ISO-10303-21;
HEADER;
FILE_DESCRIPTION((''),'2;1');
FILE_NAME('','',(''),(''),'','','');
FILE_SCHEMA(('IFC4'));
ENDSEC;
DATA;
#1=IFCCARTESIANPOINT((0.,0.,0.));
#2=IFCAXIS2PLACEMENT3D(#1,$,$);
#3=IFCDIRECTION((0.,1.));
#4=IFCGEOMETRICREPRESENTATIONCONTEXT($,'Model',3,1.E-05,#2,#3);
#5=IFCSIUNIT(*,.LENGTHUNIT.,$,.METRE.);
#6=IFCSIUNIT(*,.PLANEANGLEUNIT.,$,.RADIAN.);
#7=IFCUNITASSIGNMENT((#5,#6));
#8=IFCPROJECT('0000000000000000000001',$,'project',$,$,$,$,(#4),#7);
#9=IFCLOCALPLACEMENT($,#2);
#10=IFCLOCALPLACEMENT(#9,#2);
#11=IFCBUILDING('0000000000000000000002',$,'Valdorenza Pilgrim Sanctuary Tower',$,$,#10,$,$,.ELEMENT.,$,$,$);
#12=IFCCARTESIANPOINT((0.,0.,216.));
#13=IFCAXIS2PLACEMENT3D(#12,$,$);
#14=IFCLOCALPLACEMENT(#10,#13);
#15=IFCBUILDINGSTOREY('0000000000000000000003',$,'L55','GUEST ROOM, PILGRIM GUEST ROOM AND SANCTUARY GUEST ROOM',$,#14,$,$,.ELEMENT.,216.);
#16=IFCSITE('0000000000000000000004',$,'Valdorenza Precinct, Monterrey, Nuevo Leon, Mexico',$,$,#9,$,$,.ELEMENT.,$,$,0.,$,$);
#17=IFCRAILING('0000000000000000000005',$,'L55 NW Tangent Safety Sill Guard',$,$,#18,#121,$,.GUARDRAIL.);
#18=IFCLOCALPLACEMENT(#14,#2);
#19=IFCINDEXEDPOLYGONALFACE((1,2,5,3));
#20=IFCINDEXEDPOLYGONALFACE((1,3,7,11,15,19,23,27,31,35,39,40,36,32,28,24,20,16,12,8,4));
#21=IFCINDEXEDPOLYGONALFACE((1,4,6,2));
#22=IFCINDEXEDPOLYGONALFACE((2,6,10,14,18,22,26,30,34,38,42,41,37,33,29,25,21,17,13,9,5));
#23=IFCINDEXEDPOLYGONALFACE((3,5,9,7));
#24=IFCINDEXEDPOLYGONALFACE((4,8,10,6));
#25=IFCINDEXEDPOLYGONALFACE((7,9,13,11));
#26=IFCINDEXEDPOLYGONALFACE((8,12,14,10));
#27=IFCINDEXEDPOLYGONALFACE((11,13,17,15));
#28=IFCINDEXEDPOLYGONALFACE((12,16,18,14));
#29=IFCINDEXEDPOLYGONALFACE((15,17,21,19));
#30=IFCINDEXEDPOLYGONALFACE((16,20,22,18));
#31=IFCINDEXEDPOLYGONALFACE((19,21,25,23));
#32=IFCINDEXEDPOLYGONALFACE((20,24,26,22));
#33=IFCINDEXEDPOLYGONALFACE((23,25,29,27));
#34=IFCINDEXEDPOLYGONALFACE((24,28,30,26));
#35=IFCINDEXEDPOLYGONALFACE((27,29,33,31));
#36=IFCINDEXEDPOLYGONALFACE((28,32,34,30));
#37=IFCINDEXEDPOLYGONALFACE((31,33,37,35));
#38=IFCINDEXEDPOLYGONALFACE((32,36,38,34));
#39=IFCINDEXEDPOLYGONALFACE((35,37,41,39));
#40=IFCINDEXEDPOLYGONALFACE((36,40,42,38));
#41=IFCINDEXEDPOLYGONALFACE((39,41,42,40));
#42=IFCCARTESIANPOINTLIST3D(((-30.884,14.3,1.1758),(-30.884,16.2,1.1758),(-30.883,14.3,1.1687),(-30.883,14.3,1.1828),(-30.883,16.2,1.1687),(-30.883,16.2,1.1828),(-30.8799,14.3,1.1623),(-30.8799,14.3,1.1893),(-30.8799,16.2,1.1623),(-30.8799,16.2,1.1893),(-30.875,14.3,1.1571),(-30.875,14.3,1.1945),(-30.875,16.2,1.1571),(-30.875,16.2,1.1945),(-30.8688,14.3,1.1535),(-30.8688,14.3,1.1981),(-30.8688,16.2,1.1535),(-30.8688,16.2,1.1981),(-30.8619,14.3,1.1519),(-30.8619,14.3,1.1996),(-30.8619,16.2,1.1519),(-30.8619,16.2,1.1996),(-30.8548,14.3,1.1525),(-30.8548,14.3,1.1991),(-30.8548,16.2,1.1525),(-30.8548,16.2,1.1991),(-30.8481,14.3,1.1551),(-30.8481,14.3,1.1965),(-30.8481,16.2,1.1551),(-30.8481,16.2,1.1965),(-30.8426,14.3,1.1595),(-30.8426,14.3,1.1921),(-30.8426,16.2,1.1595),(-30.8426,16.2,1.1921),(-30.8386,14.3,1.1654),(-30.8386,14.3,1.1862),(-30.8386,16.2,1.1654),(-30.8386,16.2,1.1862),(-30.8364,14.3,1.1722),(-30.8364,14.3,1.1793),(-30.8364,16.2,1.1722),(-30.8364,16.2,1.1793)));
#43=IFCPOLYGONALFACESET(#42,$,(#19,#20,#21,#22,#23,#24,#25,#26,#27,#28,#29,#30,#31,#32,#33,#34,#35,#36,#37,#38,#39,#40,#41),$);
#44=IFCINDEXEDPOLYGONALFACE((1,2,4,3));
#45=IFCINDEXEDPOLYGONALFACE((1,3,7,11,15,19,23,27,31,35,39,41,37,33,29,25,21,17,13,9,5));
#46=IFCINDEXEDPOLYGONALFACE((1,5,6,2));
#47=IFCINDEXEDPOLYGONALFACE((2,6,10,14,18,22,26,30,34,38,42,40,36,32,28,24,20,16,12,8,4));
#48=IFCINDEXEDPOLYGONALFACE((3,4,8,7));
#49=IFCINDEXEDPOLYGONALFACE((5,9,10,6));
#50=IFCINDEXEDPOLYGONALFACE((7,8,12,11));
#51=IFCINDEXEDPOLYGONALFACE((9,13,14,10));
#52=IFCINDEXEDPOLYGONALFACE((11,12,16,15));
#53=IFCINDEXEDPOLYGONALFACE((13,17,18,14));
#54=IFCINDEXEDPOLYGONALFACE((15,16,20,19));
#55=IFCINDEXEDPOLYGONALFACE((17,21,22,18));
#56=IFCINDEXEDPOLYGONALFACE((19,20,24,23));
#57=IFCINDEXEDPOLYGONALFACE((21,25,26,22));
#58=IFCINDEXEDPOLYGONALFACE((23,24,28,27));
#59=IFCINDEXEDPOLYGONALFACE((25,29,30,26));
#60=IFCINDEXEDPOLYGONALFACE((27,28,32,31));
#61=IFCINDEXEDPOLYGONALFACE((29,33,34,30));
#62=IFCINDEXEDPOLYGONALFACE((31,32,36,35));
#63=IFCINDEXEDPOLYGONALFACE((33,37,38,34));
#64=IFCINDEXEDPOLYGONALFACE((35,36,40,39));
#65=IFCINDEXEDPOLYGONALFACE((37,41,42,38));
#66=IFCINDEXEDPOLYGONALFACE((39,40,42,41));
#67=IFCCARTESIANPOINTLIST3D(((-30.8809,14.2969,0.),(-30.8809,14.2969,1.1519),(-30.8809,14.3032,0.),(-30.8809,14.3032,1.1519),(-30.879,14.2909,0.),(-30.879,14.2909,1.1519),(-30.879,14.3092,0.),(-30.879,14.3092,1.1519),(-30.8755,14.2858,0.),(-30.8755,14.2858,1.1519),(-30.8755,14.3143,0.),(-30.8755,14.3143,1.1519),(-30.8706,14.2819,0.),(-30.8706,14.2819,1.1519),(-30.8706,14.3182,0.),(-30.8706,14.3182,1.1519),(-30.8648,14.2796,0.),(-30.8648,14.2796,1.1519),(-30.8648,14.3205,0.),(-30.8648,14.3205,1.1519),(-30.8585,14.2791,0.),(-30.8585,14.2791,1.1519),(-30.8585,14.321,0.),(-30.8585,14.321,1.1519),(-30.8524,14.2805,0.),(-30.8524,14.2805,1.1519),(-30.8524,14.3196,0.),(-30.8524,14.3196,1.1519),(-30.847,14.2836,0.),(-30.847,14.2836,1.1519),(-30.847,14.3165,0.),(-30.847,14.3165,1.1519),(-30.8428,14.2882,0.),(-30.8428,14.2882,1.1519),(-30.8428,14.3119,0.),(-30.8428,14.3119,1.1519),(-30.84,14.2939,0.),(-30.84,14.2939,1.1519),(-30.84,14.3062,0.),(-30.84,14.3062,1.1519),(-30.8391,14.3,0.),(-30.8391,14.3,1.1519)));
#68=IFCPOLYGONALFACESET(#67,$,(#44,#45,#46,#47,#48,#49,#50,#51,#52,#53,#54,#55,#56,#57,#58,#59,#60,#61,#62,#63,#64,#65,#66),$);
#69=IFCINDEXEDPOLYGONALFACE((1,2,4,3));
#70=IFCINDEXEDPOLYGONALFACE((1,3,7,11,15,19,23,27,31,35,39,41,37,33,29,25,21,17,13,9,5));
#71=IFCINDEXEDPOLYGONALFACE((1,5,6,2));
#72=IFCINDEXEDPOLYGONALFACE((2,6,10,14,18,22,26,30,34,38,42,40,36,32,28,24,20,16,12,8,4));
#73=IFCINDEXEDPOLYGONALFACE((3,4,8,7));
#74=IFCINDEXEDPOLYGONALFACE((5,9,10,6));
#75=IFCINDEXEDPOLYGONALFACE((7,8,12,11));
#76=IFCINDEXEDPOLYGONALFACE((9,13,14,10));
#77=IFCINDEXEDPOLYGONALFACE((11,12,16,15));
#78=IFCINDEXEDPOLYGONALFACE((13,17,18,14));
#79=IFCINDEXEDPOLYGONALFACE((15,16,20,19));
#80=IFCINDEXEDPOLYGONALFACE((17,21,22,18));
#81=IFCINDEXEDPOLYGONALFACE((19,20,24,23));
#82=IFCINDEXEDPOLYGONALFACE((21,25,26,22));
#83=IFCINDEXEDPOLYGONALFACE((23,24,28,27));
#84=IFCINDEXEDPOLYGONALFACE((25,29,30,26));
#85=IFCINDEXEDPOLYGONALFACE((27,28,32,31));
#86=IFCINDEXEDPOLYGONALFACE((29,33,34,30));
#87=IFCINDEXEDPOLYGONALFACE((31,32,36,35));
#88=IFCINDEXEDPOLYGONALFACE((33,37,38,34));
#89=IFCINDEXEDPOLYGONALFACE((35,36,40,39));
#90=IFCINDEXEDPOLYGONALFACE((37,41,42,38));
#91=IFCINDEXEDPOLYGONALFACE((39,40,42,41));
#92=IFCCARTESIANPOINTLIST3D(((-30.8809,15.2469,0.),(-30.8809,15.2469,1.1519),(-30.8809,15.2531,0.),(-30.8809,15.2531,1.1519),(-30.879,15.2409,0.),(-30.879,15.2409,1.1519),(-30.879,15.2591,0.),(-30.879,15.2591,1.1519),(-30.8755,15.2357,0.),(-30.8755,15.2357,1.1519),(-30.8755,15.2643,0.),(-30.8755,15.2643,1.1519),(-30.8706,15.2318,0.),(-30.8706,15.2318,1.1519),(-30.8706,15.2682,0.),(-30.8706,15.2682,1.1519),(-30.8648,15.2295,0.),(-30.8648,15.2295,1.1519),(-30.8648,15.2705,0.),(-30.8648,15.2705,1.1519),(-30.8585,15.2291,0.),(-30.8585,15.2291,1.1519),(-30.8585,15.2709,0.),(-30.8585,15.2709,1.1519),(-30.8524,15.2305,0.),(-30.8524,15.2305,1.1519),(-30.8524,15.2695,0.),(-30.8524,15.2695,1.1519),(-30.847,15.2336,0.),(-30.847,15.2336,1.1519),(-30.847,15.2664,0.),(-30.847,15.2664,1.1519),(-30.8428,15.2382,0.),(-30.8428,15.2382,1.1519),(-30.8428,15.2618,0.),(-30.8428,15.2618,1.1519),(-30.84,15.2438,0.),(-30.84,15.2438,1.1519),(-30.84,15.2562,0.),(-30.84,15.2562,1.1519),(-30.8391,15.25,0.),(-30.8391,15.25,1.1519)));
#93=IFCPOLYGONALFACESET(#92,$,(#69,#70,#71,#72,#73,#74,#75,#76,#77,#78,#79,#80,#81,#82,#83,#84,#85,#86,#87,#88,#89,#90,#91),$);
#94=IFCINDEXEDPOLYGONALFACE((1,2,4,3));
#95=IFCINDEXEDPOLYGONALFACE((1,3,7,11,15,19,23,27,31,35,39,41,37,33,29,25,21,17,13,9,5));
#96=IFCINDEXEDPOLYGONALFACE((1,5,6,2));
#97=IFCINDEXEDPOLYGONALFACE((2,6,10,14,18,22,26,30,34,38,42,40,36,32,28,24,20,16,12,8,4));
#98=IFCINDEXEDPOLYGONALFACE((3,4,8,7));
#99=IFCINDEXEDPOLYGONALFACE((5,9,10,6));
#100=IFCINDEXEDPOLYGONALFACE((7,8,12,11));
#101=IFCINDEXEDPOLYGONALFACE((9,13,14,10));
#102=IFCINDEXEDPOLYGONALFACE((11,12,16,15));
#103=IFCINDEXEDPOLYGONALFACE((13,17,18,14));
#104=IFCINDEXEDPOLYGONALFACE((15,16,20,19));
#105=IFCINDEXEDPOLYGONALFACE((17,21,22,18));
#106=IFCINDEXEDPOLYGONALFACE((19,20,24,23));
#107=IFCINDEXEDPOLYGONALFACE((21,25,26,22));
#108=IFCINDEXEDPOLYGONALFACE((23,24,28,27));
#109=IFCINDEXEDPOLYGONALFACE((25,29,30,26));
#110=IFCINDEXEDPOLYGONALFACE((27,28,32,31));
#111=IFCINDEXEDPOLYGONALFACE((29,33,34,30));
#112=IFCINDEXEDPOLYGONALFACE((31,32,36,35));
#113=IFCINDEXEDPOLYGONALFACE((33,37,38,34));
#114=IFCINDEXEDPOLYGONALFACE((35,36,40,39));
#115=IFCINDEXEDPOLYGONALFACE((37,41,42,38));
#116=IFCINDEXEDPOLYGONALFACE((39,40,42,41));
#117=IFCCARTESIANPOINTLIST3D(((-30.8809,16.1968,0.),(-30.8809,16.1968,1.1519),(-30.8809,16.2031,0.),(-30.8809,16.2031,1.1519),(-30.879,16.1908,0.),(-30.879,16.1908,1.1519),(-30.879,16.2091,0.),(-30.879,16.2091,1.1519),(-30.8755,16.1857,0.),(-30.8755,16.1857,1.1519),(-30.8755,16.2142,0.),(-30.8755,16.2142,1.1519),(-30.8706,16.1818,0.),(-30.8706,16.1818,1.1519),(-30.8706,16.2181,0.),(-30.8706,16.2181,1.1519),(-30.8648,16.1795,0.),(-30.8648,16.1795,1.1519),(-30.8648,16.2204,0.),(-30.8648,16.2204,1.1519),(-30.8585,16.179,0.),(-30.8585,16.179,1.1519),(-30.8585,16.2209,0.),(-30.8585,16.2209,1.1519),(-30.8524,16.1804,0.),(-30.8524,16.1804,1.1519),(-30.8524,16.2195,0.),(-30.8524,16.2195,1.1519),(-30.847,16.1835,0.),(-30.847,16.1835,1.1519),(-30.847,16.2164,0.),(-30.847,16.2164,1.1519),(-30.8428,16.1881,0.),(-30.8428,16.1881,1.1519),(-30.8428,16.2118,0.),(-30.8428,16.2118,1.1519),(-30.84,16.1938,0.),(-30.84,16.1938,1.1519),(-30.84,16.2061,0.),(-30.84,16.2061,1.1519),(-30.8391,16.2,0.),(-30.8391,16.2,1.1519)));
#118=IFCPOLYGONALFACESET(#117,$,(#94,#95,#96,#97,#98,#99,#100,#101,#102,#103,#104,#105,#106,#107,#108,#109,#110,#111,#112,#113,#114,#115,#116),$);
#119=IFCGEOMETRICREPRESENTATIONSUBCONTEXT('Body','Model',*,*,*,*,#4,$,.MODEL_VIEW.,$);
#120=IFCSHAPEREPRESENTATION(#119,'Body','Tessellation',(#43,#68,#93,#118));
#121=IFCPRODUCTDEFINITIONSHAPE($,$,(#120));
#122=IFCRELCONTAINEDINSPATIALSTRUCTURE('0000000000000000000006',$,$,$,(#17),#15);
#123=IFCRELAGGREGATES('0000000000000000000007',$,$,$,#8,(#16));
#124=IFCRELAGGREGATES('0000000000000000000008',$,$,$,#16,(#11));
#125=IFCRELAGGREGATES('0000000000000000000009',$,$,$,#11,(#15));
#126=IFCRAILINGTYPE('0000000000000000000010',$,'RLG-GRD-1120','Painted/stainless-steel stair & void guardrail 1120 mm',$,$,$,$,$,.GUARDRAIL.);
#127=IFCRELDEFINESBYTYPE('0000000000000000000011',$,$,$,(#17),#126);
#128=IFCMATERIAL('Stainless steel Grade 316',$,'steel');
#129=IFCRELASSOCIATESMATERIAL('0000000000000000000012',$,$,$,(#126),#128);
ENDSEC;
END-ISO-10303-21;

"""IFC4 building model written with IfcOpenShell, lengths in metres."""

from ifc_helpers import new_model, si_unit, direction, frame, origin, origin_2d, place, context, subcontext, project, spatial, circle, extrude, material, type_object, element, save


model = new_model("IFC4")

# Units and contexts
model_context = context("Model", 3, precision=1e-05, world=origin(), true_north=direction((0.0, 1.0)))
body_context = subcontext(model_context, "Body", "Model", "MODEL_VIEW")
ifc_project = project(units=[si_unit("LENGTHUNIT", "METRE"), si_unit("PLANEANGLEUNIT", "RADIAN")], contexts=[model_context])

# Site, building, storey
site_placement = place(None, origin())
site = spatial("IfcSite", under=ifc_project, at=site_placement, Name="Valdorenza Precinct, Monterrey, Nuevo Leon, Mexico", CompositionType="ELEMENT", RefElevation=0.0)
building_placement = place(site_placement, origin())
building = spatial("IfcBuilding", under=site, at=building_placement, Name="Valdorenza Pilgrim Sanctuary Tower", CompositionType="ELEMENT")
storey_placement = place(building_placement, frame((0.0, 0.0, 216.0)))
storey = spatial("IfcBuildingStorey", under=building, at=storey_placement, Name="L55", Description="GUEST ROOM, PILGRIM GUEST ROOM AND SANCTUARY GUEST ROOM", CompositionType="ELEMENT", Elevation=216.0)

# Railing
ifc_material_1 = material(Name="Stainless steel Grade 316", Category="steel")
railing_type = type_object("IfcRailingType", Name="RLG-GRD-1120", Description="Painted/stainless-steel stair & void guardrail 1120 mm", PredefinedType="GUARDRAIL", material=ifc_material_1)
railing_placement = place(storey_placement, frame((-30.8601, 14.3, 0.0)))
element("IfcRailing", 1, at=railing_placement, inside=storey, type_object=railing_type, Name="L55 NW Tangent Safety Sill Guard", PredefinedType="GUARDRAIL", context=body_context, shape_type="SweptSolid", body=[
    extrude(circle(Radius=0.0239, at=origin_2d()), frame((0.0, 0.0, 1.1758), z_axis=(0.0, 1.0, 0.0), x_axis=(-1.0, 0.0, 0.0)), (0.0, 0.0, 1.0), 1.8999),
    extrude(circle(Radius=0.021, at=origin_2d()), origin(), (0.0, 0.0, 1.0), 1.1519),
    extrude(circle(Radius=0.021, at=origin_2d()), frame((0.0, 0.95, 0.0)), (0.0, 0.0, 1.0), 1.1519),
    extrude(circle(Radius=0.021, at=origin_2d()), frame((0.0, 1.8999, 0.0)), (0.0, 0.0, 1.0), 1.1519),
])

save(model, "model.ifc")
